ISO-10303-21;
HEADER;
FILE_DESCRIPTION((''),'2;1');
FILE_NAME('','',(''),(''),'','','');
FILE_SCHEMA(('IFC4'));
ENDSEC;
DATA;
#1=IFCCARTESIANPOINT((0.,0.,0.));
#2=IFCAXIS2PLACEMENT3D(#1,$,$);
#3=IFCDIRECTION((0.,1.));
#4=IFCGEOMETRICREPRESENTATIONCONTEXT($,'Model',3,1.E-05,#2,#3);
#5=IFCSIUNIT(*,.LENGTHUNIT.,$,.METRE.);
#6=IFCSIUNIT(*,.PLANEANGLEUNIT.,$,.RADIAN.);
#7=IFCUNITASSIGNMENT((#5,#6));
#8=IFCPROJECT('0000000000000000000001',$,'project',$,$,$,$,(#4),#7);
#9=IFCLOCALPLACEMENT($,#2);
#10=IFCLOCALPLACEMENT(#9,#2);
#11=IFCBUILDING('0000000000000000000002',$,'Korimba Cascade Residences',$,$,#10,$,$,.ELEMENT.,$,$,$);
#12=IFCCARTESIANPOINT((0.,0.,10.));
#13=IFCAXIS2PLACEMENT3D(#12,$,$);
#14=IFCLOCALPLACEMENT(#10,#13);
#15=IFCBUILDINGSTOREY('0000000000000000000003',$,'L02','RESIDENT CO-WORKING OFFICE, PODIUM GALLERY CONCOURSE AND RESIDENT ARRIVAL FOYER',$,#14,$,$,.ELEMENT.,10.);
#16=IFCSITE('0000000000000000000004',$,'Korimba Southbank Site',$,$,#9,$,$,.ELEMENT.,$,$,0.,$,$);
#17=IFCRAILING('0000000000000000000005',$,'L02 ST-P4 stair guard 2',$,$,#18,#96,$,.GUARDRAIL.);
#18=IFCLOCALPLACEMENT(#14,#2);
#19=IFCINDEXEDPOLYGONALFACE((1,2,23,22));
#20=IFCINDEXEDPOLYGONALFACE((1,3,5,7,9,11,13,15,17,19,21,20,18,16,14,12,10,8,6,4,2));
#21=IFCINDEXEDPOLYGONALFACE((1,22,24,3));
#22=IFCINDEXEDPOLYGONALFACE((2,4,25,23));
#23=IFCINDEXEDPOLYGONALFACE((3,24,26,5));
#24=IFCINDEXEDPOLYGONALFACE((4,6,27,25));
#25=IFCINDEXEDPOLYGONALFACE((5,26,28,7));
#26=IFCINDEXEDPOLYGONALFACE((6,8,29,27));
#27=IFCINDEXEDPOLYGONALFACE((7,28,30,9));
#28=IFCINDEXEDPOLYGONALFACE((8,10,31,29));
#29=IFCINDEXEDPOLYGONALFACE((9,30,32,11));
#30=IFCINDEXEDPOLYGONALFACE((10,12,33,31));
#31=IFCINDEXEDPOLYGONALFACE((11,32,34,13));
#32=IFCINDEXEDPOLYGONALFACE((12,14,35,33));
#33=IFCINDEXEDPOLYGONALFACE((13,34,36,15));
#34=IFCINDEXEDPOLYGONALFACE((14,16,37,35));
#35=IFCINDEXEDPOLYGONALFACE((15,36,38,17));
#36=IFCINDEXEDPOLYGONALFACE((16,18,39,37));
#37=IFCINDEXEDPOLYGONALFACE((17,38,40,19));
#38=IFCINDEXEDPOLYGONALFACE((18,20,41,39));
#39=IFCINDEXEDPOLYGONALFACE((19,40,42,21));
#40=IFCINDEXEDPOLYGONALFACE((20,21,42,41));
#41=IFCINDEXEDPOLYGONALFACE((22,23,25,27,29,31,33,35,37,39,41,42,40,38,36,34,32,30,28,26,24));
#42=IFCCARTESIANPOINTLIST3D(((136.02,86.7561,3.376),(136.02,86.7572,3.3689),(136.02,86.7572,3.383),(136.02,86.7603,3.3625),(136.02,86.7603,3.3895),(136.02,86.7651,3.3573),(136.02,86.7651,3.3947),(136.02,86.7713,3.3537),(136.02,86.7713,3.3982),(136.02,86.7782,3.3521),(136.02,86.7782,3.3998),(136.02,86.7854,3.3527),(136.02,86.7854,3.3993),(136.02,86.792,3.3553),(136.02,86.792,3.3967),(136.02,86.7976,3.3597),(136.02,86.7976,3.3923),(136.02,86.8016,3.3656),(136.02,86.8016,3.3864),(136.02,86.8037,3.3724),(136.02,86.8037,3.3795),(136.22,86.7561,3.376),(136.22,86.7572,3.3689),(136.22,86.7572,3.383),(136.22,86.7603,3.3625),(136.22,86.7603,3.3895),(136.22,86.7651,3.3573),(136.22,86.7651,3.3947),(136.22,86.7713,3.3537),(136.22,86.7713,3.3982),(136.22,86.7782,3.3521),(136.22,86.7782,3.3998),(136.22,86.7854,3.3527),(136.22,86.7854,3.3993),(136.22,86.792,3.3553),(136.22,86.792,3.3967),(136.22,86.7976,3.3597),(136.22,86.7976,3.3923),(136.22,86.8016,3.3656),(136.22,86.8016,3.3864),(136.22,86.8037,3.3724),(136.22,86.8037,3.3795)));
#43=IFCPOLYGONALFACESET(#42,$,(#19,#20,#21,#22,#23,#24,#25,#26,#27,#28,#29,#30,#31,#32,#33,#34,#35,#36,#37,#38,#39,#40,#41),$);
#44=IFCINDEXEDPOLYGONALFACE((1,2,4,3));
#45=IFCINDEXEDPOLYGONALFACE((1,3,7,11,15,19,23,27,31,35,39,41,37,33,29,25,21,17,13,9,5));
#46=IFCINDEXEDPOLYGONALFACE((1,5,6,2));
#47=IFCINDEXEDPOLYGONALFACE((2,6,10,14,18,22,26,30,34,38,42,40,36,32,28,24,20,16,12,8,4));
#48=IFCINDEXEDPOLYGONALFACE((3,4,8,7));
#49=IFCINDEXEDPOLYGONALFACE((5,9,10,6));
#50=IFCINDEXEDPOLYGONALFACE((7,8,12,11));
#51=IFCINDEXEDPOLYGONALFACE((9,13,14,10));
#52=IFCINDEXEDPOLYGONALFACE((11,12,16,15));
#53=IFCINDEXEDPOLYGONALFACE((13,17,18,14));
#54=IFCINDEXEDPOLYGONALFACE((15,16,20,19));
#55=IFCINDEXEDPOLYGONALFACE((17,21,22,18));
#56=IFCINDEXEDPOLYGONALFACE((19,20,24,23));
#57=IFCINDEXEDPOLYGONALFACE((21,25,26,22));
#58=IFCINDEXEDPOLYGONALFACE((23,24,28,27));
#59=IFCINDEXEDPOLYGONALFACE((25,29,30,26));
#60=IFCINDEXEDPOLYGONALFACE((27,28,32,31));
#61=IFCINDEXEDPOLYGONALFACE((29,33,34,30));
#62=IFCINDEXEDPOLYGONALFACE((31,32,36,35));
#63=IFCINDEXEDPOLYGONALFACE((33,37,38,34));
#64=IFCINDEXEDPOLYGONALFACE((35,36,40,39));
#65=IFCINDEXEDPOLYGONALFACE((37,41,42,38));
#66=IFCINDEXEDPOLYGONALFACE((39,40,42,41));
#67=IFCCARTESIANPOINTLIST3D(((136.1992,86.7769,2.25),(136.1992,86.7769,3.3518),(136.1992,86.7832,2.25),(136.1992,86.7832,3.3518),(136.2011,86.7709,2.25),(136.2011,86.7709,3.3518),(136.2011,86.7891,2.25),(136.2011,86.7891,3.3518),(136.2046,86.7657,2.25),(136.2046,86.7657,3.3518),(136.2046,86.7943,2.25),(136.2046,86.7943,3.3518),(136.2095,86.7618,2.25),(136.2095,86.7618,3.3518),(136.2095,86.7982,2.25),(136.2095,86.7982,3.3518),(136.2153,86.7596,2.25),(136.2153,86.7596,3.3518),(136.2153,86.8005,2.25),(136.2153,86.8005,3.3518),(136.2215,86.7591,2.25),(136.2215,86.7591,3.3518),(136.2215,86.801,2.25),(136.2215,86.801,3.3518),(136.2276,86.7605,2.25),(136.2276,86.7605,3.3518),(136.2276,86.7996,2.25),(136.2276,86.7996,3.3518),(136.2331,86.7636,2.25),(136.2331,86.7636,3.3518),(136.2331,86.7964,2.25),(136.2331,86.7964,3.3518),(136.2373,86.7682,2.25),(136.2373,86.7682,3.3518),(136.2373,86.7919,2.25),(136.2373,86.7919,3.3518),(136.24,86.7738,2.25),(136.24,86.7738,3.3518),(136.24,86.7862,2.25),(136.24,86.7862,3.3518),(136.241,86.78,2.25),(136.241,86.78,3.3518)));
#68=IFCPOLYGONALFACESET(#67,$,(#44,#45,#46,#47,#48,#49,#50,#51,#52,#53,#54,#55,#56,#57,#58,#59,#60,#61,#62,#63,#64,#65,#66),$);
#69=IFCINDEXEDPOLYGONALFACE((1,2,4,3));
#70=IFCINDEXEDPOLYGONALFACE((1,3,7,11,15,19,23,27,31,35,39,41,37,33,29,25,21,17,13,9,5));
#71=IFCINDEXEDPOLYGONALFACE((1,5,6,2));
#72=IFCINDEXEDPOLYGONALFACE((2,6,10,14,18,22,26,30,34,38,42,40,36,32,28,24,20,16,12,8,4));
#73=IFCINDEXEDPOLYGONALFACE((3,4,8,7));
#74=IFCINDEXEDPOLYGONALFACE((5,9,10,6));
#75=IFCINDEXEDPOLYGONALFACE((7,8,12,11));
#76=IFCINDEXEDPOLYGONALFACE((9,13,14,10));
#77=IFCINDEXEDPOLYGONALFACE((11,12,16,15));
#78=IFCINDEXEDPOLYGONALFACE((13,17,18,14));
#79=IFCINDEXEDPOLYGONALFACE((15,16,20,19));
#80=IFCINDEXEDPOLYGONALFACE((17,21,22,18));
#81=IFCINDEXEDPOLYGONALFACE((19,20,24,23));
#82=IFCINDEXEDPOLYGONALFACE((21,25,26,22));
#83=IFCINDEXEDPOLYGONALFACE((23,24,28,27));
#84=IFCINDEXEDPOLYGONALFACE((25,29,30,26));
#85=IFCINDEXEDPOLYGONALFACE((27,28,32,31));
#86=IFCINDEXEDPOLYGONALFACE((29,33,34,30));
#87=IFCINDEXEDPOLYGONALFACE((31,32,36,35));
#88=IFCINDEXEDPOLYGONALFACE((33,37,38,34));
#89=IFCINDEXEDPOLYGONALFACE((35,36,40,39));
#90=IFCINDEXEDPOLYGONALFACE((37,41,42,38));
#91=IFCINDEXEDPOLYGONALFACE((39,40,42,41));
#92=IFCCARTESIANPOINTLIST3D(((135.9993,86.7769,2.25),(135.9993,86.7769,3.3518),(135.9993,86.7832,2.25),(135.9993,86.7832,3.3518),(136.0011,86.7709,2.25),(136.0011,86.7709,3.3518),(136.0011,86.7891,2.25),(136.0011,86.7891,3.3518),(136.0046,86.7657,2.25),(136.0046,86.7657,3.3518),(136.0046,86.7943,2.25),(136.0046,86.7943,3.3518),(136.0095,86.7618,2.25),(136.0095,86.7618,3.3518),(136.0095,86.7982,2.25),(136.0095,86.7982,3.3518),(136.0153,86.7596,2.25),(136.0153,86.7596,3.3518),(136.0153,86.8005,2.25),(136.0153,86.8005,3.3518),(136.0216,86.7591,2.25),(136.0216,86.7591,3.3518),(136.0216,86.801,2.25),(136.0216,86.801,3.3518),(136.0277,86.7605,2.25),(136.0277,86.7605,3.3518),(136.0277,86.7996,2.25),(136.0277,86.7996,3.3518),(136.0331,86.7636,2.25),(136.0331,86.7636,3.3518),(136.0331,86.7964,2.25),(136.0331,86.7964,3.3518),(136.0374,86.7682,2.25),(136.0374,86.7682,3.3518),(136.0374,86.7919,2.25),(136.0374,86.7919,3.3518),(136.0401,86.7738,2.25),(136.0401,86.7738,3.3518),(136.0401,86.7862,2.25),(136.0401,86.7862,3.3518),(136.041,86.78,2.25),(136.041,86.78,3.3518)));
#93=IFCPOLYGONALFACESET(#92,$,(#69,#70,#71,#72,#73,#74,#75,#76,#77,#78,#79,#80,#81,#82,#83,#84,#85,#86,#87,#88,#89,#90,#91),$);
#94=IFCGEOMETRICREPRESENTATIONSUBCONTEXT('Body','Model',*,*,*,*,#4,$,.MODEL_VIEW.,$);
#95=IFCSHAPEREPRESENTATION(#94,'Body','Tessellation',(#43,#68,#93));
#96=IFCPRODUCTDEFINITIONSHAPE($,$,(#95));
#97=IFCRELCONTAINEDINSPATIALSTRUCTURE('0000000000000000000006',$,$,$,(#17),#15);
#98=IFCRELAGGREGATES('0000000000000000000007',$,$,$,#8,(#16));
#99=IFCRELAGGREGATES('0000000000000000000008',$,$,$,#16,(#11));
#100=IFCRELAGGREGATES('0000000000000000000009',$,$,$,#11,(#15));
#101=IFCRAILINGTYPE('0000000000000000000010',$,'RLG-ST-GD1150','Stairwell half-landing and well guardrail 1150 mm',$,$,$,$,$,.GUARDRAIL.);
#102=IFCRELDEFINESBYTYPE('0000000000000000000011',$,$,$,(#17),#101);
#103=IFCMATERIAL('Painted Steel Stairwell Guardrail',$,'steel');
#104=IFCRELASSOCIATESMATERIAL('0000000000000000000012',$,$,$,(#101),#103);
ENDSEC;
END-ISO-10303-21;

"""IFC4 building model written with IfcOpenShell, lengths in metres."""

from ifc_helpers import new_model, si_unit, direction, frame, origin, origin_2d, place, context, subcontext, project, spatial, circle, extrude, material, type_object, element, save


model = new_model("IFC4")

# Units and contexts
model_context = context("Model", 3, precision=1e-05, world=origin(), true_north=direction((0.0, 1.0)))
body_context = subcontext(model_context, "Body", "Model", "MODEL_VIEW")
ifc_project = project(units=[si_unit("LENGTHUNIT", "METRE"), si_unit("PLANEANGLEUNIT", "RADIAN")], contexts=[model_context])

# Site, building, storey
site_placement = place(None, origin())
site = spatial("IfcSite", under=ifc_project, at=site_placement, Name="Korimba Southbank Site", CompositionType="ELEMENT", RefElevation=0.0)
building_placement = place(site_placement, origin())
building = spatial("IfcBuilding", under=site, at=building_placement, Name="Korimba Cascade Residences", CompositionType="ELEMENT")
storey_placement = place(building_placement, frame((0.0, 0.0, 10.0)))
storey = spatial("IfcBuildingStorey", under=building, at=storey_placement, Name="L02", Description="RESIDENT CO-WORKING OFFICE, PODIUM GALLERY CONCOURSE AND RESIDENT ARRIVAL FOYER", CompositionType="ELEMENT", Elevation=10.0)

# Railing
ifc_material_1 = material(Name="Painted Steel Stairwell Guardrail", Category="steel")
railing_type_1 = type_object("IfcRailingType", Name="RLG-ST-GD1150", Description="Stairwell half-landing and well guardrail 1150 mm", PredefinedType="GUARDRAIL", material=ifc_material_1)
railing_1_placement = place(storey_placement, frame((136.22, 86.78, 2.25)))
element("IfcRailing", 1, at=railing_1_placement, inside=storey, type_object=railing_type_1, Name="L02 ST-P4 stair guard 2", PredefinedType="GUARDRAIL", context=body_context, shape_type="SweptSolid", body=[
    extrude(circle(Radius=0.0239, at=origin_2d()), frame((0.0, 0.0, 1.126), z_axis=(-1.0, 0.0, 0.0), x_axis=(0.0, -1.0, 0.0)), (0.0, 0.0, 1.0), 0.2),
    extrude(circle(Radius=0.021, at=origin_2d()), origin(), (0.0, 0.0, 1.0), 1.1018),
    extrude(circle(Radius=0.021, at=origin_2d()), frame((-0.2, 0.0, 0.0)), (0.0, 0.0, 1.0), 1.1018),
])

save(model, "model.ifc")
